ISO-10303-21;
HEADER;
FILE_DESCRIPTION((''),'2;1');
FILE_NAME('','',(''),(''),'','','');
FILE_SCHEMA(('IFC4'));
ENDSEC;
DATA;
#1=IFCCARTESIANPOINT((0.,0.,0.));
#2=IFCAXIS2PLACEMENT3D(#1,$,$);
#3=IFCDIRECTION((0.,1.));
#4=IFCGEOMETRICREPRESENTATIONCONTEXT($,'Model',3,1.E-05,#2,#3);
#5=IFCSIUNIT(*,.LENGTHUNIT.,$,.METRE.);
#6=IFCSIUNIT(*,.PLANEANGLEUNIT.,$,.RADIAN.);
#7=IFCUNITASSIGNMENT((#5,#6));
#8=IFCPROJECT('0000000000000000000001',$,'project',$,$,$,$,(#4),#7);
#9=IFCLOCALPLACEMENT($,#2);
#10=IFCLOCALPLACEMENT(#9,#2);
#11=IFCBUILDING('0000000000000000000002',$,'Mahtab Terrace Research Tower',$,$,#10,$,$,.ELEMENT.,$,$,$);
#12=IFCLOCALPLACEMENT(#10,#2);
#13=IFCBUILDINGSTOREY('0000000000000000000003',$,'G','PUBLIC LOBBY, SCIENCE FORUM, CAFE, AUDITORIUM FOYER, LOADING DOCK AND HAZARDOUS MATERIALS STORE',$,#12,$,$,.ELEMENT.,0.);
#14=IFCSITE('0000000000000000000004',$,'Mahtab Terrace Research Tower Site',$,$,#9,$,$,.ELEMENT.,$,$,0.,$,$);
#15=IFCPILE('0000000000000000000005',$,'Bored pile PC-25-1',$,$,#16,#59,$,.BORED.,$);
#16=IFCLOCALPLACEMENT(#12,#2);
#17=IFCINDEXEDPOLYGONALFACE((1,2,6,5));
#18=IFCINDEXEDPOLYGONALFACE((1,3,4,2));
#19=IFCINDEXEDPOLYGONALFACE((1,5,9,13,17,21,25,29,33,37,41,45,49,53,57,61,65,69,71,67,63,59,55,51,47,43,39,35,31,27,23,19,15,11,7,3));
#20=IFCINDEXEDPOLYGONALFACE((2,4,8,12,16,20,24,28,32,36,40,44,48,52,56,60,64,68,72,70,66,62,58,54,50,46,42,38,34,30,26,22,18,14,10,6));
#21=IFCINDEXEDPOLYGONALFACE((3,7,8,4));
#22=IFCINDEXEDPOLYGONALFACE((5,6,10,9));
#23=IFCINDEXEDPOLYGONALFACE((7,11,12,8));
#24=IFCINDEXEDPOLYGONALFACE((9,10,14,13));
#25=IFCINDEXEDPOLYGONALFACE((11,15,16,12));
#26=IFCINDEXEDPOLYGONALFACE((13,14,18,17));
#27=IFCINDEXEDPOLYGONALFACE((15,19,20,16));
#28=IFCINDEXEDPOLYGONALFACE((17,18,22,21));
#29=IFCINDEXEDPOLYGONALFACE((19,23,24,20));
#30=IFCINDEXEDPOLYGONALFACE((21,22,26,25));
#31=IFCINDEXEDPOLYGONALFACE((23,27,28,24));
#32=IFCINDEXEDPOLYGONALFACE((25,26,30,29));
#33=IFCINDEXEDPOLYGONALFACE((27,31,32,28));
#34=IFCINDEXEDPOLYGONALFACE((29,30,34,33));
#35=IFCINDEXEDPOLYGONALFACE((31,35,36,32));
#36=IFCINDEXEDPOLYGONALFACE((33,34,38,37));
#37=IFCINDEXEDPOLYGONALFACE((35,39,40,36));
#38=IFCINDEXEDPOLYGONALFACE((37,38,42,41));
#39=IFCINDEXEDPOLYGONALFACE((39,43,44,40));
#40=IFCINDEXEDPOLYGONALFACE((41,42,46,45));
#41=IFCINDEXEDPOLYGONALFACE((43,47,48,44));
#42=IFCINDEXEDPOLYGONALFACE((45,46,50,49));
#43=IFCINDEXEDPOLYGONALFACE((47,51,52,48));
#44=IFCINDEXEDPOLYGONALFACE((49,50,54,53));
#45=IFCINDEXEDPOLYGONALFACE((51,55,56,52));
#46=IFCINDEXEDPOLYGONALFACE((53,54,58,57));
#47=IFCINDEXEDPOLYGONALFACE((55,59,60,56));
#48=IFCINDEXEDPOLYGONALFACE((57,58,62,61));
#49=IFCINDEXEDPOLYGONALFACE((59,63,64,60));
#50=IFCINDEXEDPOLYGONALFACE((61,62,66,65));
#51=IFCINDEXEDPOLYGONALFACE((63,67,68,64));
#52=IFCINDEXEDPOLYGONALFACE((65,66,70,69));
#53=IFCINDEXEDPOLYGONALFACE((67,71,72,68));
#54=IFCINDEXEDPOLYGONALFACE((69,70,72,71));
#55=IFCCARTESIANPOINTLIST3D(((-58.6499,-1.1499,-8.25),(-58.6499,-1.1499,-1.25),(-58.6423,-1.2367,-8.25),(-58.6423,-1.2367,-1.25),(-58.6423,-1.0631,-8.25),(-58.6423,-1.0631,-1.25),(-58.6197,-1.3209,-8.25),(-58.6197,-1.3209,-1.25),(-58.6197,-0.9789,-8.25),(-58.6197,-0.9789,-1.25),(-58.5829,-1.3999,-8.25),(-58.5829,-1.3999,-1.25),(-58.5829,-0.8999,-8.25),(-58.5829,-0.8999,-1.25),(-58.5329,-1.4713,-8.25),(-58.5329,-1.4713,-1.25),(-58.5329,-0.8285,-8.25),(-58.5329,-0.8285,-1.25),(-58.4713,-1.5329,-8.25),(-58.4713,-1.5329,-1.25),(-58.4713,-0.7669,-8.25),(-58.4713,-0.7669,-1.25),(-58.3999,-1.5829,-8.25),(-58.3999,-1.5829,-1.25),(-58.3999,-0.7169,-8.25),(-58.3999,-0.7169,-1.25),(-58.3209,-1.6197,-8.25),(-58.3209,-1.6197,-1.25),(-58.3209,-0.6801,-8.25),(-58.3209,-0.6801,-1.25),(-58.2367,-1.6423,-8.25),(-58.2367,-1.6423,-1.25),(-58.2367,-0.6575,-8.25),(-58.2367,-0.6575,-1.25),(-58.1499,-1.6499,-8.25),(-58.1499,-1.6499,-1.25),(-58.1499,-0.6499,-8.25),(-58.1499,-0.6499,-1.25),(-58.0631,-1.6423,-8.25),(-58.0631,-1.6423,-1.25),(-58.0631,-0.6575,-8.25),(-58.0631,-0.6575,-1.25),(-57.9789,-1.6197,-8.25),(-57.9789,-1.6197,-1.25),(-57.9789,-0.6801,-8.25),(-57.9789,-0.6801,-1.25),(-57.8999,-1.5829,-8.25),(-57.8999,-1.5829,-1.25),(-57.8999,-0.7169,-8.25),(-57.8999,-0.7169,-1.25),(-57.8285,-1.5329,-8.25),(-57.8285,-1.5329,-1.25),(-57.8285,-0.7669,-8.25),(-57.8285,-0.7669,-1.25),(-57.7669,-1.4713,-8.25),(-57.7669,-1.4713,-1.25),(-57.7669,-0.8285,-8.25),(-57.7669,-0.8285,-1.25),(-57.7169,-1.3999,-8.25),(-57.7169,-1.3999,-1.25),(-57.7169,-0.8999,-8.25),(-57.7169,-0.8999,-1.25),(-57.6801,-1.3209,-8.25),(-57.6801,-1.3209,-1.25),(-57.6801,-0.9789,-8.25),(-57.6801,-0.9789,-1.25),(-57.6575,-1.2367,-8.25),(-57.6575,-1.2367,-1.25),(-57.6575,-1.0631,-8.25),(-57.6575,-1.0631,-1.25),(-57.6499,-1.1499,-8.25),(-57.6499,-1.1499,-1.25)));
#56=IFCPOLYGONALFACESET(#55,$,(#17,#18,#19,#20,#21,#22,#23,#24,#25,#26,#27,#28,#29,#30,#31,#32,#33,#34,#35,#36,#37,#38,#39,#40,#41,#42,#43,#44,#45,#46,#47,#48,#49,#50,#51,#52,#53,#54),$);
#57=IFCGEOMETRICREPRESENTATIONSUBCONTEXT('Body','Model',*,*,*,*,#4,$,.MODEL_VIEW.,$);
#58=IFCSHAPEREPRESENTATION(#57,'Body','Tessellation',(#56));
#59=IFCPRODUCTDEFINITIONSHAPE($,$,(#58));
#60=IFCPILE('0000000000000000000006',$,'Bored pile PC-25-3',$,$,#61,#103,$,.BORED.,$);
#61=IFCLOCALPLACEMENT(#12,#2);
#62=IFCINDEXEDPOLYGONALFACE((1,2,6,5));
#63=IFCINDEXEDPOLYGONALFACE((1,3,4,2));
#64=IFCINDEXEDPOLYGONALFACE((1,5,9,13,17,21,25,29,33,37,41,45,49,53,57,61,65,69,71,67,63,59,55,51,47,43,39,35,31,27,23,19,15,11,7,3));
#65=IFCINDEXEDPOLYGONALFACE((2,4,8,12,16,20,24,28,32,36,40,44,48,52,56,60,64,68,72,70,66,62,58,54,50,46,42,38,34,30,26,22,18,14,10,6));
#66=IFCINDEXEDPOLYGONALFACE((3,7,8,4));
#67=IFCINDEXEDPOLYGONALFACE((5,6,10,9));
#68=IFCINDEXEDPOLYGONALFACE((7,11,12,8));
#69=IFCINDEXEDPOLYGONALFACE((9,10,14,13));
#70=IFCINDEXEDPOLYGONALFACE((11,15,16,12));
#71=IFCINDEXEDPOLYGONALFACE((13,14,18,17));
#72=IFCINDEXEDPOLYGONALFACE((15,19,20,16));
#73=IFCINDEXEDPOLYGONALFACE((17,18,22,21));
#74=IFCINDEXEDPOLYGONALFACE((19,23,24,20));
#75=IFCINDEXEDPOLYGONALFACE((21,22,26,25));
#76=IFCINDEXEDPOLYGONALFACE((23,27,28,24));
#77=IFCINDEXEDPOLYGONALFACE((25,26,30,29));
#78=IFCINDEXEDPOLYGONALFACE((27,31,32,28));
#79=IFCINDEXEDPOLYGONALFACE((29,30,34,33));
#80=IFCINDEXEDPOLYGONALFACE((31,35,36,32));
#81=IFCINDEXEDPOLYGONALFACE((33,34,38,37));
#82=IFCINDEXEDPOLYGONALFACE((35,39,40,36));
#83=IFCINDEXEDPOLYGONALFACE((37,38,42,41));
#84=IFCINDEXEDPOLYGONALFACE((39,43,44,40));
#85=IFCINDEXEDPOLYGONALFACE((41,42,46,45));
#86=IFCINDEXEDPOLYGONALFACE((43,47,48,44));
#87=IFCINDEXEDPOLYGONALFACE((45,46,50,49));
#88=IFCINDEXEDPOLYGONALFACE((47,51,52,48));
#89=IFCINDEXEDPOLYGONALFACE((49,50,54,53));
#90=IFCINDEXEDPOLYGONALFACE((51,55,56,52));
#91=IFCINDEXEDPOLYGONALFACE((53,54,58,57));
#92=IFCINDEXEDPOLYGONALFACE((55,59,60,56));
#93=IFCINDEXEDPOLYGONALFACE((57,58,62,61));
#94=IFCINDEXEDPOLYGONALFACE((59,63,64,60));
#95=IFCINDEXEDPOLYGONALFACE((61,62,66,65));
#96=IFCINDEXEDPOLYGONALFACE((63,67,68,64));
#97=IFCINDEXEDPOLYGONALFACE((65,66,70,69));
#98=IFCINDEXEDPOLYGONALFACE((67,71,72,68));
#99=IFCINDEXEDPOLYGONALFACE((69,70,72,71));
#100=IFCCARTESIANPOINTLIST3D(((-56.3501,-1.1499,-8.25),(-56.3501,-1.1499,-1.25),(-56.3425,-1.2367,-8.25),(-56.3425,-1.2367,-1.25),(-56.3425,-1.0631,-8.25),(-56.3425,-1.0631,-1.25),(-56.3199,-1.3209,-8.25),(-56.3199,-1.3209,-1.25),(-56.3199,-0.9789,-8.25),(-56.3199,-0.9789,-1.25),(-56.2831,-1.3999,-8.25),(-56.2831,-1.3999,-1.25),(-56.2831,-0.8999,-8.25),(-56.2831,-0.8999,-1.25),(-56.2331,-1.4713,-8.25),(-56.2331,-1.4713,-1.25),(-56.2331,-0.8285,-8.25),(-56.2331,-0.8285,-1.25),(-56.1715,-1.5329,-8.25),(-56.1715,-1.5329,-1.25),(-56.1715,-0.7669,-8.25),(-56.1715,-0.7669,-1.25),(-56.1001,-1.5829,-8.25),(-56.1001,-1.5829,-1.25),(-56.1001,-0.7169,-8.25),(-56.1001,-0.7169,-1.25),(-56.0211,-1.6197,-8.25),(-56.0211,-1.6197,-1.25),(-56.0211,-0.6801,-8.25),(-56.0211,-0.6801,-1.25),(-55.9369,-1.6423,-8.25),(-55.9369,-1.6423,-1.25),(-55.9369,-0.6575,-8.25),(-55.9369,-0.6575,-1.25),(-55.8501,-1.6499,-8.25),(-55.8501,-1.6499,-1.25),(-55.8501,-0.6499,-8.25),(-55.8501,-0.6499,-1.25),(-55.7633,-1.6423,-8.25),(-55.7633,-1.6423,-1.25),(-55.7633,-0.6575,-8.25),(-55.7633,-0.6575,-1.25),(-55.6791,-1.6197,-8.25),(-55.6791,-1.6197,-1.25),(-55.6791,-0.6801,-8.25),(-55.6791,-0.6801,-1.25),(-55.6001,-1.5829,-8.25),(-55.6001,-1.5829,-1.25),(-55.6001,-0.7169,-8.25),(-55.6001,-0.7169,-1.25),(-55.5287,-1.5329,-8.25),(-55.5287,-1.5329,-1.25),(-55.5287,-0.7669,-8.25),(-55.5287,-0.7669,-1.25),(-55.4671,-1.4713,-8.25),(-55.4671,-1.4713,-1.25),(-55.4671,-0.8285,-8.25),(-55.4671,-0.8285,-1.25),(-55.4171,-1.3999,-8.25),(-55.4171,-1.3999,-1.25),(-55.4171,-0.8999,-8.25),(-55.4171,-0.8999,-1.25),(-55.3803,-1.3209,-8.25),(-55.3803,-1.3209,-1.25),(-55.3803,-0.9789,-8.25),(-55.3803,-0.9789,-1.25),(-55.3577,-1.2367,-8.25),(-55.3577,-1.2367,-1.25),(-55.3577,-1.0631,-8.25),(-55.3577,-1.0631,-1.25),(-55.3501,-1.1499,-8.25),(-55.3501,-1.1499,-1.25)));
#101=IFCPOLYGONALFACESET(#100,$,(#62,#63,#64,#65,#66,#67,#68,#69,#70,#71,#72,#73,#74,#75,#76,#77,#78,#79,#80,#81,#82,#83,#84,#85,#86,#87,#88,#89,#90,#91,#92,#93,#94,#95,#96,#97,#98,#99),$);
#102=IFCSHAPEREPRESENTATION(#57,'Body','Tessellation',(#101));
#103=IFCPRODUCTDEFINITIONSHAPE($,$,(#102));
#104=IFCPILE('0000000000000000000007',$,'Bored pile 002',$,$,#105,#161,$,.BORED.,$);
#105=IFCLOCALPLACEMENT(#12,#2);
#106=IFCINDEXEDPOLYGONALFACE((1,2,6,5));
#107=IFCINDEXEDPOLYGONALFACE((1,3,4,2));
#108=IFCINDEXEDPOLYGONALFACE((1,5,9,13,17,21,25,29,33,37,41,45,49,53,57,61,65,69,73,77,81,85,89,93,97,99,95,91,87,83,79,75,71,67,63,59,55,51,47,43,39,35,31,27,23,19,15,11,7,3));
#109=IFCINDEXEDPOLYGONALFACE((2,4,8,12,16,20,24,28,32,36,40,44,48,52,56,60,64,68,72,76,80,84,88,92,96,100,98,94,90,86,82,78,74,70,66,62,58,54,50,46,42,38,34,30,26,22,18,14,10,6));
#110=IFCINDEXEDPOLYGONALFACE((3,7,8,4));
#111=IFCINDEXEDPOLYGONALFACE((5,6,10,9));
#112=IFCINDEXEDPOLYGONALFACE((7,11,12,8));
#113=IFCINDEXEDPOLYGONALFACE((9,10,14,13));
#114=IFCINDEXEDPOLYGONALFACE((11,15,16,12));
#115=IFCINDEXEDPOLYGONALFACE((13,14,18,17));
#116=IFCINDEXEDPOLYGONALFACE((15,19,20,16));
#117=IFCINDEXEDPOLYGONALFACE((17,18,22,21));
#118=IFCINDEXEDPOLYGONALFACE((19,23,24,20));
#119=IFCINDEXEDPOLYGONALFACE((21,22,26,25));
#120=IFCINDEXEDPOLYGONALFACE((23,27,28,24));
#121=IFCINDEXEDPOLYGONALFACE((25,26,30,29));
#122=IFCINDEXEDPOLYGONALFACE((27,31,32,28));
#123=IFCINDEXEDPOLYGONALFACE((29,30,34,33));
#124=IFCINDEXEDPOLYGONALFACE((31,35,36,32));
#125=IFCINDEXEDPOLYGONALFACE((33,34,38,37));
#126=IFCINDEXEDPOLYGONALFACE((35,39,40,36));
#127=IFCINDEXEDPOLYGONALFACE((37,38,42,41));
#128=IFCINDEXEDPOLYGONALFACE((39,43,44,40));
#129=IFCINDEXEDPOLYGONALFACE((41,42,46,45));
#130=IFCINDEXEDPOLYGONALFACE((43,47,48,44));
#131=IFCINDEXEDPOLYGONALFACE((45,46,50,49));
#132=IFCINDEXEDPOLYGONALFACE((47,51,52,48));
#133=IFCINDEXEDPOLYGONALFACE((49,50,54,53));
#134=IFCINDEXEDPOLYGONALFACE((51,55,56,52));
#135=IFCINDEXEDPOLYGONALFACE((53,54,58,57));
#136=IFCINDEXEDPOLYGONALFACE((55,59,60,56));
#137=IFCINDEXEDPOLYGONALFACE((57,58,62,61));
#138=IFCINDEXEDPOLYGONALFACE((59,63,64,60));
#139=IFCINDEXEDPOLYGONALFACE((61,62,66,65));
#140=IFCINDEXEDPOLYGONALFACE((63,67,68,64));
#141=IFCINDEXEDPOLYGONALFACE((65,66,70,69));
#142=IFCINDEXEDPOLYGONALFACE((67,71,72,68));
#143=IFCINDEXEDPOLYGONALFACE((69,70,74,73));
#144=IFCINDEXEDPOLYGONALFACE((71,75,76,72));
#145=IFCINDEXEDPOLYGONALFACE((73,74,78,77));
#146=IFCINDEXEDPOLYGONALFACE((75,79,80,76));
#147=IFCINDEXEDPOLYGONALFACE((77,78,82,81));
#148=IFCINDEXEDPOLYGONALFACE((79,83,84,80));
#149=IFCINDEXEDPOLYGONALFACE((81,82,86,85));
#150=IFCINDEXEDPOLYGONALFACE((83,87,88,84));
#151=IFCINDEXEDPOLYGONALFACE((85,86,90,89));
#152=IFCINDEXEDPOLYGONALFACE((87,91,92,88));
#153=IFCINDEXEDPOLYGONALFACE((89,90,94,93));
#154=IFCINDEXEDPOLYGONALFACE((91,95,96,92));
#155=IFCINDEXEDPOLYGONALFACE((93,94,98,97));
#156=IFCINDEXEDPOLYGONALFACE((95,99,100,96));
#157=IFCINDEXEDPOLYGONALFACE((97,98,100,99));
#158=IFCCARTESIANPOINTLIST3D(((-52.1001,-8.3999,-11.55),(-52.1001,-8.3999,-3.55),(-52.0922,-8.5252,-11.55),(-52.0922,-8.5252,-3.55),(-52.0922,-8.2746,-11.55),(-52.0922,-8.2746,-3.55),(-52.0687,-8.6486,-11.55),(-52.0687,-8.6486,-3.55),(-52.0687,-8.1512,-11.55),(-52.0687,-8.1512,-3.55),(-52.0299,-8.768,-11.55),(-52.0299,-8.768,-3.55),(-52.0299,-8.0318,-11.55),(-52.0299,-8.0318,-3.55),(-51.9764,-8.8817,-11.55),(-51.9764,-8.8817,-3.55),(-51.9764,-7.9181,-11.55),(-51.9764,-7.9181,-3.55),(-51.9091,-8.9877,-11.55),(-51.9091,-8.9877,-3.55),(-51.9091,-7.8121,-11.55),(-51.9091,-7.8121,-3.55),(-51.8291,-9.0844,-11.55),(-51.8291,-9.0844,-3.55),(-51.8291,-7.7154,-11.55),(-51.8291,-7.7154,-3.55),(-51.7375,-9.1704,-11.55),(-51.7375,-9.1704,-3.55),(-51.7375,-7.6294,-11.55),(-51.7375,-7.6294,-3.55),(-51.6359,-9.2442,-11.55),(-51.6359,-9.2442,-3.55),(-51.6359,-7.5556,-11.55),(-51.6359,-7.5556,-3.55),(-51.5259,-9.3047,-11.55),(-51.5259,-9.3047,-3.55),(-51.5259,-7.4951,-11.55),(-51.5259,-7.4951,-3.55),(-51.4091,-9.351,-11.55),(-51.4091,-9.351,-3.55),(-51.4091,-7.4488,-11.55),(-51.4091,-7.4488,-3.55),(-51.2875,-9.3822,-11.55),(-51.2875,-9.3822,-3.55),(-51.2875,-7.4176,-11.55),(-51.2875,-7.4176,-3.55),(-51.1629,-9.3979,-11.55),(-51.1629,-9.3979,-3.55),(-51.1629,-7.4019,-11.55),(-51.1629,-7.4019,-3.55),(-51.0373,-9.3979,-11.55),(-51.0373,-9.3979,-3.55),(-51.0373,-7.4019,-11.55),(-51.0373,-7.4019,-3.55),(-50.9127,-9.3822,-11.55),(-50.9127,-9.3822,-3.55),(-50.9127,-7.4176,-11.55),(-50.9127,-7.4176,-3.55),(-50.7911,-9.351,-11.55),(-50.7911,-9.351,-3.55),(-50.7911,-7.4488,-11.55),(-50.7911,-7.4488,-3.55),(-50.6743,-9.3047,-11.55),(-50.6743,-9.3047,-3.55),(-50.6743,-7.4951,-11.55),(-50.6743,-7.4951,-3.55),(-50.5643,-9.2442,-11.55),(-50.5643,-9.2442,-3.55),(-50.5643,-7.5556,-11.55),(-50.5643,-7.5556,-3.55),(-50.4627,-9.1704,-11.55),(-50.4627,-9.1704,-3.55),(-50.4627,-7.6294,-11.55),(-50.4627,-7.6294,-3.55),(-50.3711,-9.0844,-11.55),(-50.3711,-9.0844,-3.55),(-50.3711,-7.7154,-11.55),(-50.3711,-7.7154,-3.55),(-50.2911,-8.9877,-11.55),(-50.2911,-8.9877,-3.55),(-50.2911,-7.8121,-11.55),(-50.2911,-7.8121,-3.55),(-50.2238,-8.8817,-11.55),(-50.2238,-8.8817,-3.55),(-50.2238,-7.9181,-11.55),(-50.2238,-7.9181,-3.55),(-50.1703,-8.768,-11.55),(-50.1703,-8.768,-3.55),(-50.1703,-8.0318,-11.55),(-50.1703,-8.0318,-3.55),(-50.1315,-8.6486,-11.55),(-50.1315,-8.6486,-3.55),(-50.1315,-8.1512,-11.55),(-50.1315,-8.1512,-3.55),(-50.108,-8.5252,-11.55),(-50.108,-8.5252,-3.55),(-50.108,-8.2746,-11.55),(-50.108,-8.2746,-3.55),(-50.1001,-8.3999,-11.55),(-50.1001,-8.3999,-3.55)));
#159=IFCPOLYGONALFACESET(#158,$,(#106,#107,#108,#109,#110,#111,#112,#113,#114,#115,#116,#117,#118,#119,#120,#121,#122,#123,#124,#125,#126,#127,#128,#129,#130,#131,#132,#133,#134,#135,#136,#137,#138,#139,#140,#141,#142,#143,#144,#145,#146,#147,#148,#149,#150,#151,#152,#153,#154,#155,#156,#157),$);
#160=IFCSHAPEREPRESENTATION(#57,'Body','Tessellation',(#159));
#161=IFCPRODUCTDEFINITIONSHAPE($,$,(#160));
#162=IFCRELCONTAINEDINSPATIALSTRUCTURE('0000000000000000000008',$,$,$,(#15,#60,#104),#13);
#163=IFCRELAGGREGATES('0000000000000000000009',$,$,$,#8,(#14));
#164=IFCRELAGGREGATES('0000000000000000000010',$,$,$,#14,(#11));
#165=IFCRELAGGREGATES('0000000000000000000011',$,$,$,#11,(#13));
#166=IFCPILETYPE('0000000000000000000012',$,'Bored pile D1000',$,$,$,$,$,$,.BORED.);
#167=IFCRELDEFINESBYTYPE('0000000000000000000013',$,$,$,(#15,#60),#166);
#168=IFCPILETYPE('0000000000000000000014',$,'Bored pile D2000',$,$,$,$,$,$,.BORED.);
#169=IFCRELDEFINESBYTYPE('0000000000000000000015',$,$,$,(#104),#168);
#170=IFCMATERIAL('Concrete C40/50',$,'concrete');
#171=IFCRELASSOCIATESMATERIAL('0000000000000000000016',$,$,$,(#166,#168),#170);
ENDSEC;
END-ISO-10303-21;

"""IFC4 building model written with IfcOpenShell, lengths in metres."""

from ifc_helpers import new_model, si_unit, direction, frame, origin, origin_2d, place, context, subcontext, project, spatial, circle, extrude, material, material_profile, profile_set, type_object, element, save


model = new_model("IFC4")

# Units and contexts
model_context = context("Model", 3, precision=1e-05, world=origin(), true_north=direction((0.0, 1.0)))
body_context = subcontext(model_context, "Body", "Model", "MODEL_VIEW")
ifc_project = project(units=[si_unit("LENGTHUNIT", "METRE"), si_unit("PLANEANGLEUNIT", "RADIAN")], contexts=[model_context])

# Site, building, storey
site_placement = place(None, origin())
site = spatial("IfcSite", under=ifc_project, at=site_placement, Name="Mahtab Terrace Research Tower Site", CompositionType="ELEMENT", RefElevation=0.0)
building_placement = place(site_placement, origin())
building = spatial("IfcBuilding", under=site, at=building_placement, Name="Mahtab Terrace Research Tower", CompositionType="ELEMENT")
storey_placement = place(building_placement, origin())
storey = spatial("IfcBuildingStorey", under=building, at=storey_placement, Name="G", Description="PUBLIC LOBBY, SCIENCE FORUM, CAFE, AUDITORIUM FOYER, LOADING DOCK AND HAZARDOUS MATERIALS STORE", CompositionType="ELEMENT", Elevation=0.0)

# Piles
ifc_material_1 = material(Name="Concrete C40/50", Category="concrete")
ifc_material_profile_1 = material_profile(ifc_material_1, circle(Radius=0.5, at=origin_2d()), Name="Bored pile D1000")
ifc_profile_set_1 = profile_set([ifc_material_profile_1], Name="Concrete C40/50")
pile_type_1 = type_object("IfcPileType", Name="Bored pile D1000", PredefinedType="BORED", material=ifc_profile_set_1)
for number, where, z_axis, x_axis, name in (
    (1, (-58.1499, -1.1499, -1.25), (0.0, 0.0, -1.0), (1.0, 0.0, 0.0), "Bored pile PC-25-1"),
    (2, (-55.8501, -1.1499, -1.25), (0.0, 0.0, -1.0), (1.0, 0.0, 0.0), "Bored pile PC-25-3"),
):
    element("IfcPile", number, at=place(storey_placement, frame(where, z_axis=z_axis, x_axis=x_axis)), inside=storey, type_object=pile_type_1, Name=name, PredefinedType="BORED", context=body_context, shape_type="SweptSolid", body=[
        extrude(circle(Radius=0.5, at=origin_2d()), origin(), (0.0, 0.0, 1.0), 7.0),
    ])
ifc_material_profile_2 = material_profile(ifc_material_1, circle(Radius=1.0, at=origin_2d()), Name="Bored pile D2000")
ifc_profile_set_2 = profile_set([ifc_material_profile_2], Name="Concrete C40/50")
pile_type_2 = type_object("IfcPileType", Name="Bored pile D2000", PredefinedType="BORED", material=ifc_profile_set_2)
for number, where, z_axis, x_axis, name in (
    (3, (-51.1001, -8.3999, -3.55), (0.0, 0.0, -1.0), (1.0, 0.0, 0.0), "Bored pile 002"),
):
    element("IfcPile", number, at=place(storey_placement, frame(where, z_axis=z_axis, x_axis=x_axis)), inside=storey, type_object=pile_type_2, Name=name, PredefinedType="BORED", context=body_context, shape_type="SweptSolid", body=[
        extrude(circle(Radius=1.0, at=origin_2d()), origin(), (0.0, 0.0, 1.0), 8.0),
    ])

save(model, "model.ifc")
